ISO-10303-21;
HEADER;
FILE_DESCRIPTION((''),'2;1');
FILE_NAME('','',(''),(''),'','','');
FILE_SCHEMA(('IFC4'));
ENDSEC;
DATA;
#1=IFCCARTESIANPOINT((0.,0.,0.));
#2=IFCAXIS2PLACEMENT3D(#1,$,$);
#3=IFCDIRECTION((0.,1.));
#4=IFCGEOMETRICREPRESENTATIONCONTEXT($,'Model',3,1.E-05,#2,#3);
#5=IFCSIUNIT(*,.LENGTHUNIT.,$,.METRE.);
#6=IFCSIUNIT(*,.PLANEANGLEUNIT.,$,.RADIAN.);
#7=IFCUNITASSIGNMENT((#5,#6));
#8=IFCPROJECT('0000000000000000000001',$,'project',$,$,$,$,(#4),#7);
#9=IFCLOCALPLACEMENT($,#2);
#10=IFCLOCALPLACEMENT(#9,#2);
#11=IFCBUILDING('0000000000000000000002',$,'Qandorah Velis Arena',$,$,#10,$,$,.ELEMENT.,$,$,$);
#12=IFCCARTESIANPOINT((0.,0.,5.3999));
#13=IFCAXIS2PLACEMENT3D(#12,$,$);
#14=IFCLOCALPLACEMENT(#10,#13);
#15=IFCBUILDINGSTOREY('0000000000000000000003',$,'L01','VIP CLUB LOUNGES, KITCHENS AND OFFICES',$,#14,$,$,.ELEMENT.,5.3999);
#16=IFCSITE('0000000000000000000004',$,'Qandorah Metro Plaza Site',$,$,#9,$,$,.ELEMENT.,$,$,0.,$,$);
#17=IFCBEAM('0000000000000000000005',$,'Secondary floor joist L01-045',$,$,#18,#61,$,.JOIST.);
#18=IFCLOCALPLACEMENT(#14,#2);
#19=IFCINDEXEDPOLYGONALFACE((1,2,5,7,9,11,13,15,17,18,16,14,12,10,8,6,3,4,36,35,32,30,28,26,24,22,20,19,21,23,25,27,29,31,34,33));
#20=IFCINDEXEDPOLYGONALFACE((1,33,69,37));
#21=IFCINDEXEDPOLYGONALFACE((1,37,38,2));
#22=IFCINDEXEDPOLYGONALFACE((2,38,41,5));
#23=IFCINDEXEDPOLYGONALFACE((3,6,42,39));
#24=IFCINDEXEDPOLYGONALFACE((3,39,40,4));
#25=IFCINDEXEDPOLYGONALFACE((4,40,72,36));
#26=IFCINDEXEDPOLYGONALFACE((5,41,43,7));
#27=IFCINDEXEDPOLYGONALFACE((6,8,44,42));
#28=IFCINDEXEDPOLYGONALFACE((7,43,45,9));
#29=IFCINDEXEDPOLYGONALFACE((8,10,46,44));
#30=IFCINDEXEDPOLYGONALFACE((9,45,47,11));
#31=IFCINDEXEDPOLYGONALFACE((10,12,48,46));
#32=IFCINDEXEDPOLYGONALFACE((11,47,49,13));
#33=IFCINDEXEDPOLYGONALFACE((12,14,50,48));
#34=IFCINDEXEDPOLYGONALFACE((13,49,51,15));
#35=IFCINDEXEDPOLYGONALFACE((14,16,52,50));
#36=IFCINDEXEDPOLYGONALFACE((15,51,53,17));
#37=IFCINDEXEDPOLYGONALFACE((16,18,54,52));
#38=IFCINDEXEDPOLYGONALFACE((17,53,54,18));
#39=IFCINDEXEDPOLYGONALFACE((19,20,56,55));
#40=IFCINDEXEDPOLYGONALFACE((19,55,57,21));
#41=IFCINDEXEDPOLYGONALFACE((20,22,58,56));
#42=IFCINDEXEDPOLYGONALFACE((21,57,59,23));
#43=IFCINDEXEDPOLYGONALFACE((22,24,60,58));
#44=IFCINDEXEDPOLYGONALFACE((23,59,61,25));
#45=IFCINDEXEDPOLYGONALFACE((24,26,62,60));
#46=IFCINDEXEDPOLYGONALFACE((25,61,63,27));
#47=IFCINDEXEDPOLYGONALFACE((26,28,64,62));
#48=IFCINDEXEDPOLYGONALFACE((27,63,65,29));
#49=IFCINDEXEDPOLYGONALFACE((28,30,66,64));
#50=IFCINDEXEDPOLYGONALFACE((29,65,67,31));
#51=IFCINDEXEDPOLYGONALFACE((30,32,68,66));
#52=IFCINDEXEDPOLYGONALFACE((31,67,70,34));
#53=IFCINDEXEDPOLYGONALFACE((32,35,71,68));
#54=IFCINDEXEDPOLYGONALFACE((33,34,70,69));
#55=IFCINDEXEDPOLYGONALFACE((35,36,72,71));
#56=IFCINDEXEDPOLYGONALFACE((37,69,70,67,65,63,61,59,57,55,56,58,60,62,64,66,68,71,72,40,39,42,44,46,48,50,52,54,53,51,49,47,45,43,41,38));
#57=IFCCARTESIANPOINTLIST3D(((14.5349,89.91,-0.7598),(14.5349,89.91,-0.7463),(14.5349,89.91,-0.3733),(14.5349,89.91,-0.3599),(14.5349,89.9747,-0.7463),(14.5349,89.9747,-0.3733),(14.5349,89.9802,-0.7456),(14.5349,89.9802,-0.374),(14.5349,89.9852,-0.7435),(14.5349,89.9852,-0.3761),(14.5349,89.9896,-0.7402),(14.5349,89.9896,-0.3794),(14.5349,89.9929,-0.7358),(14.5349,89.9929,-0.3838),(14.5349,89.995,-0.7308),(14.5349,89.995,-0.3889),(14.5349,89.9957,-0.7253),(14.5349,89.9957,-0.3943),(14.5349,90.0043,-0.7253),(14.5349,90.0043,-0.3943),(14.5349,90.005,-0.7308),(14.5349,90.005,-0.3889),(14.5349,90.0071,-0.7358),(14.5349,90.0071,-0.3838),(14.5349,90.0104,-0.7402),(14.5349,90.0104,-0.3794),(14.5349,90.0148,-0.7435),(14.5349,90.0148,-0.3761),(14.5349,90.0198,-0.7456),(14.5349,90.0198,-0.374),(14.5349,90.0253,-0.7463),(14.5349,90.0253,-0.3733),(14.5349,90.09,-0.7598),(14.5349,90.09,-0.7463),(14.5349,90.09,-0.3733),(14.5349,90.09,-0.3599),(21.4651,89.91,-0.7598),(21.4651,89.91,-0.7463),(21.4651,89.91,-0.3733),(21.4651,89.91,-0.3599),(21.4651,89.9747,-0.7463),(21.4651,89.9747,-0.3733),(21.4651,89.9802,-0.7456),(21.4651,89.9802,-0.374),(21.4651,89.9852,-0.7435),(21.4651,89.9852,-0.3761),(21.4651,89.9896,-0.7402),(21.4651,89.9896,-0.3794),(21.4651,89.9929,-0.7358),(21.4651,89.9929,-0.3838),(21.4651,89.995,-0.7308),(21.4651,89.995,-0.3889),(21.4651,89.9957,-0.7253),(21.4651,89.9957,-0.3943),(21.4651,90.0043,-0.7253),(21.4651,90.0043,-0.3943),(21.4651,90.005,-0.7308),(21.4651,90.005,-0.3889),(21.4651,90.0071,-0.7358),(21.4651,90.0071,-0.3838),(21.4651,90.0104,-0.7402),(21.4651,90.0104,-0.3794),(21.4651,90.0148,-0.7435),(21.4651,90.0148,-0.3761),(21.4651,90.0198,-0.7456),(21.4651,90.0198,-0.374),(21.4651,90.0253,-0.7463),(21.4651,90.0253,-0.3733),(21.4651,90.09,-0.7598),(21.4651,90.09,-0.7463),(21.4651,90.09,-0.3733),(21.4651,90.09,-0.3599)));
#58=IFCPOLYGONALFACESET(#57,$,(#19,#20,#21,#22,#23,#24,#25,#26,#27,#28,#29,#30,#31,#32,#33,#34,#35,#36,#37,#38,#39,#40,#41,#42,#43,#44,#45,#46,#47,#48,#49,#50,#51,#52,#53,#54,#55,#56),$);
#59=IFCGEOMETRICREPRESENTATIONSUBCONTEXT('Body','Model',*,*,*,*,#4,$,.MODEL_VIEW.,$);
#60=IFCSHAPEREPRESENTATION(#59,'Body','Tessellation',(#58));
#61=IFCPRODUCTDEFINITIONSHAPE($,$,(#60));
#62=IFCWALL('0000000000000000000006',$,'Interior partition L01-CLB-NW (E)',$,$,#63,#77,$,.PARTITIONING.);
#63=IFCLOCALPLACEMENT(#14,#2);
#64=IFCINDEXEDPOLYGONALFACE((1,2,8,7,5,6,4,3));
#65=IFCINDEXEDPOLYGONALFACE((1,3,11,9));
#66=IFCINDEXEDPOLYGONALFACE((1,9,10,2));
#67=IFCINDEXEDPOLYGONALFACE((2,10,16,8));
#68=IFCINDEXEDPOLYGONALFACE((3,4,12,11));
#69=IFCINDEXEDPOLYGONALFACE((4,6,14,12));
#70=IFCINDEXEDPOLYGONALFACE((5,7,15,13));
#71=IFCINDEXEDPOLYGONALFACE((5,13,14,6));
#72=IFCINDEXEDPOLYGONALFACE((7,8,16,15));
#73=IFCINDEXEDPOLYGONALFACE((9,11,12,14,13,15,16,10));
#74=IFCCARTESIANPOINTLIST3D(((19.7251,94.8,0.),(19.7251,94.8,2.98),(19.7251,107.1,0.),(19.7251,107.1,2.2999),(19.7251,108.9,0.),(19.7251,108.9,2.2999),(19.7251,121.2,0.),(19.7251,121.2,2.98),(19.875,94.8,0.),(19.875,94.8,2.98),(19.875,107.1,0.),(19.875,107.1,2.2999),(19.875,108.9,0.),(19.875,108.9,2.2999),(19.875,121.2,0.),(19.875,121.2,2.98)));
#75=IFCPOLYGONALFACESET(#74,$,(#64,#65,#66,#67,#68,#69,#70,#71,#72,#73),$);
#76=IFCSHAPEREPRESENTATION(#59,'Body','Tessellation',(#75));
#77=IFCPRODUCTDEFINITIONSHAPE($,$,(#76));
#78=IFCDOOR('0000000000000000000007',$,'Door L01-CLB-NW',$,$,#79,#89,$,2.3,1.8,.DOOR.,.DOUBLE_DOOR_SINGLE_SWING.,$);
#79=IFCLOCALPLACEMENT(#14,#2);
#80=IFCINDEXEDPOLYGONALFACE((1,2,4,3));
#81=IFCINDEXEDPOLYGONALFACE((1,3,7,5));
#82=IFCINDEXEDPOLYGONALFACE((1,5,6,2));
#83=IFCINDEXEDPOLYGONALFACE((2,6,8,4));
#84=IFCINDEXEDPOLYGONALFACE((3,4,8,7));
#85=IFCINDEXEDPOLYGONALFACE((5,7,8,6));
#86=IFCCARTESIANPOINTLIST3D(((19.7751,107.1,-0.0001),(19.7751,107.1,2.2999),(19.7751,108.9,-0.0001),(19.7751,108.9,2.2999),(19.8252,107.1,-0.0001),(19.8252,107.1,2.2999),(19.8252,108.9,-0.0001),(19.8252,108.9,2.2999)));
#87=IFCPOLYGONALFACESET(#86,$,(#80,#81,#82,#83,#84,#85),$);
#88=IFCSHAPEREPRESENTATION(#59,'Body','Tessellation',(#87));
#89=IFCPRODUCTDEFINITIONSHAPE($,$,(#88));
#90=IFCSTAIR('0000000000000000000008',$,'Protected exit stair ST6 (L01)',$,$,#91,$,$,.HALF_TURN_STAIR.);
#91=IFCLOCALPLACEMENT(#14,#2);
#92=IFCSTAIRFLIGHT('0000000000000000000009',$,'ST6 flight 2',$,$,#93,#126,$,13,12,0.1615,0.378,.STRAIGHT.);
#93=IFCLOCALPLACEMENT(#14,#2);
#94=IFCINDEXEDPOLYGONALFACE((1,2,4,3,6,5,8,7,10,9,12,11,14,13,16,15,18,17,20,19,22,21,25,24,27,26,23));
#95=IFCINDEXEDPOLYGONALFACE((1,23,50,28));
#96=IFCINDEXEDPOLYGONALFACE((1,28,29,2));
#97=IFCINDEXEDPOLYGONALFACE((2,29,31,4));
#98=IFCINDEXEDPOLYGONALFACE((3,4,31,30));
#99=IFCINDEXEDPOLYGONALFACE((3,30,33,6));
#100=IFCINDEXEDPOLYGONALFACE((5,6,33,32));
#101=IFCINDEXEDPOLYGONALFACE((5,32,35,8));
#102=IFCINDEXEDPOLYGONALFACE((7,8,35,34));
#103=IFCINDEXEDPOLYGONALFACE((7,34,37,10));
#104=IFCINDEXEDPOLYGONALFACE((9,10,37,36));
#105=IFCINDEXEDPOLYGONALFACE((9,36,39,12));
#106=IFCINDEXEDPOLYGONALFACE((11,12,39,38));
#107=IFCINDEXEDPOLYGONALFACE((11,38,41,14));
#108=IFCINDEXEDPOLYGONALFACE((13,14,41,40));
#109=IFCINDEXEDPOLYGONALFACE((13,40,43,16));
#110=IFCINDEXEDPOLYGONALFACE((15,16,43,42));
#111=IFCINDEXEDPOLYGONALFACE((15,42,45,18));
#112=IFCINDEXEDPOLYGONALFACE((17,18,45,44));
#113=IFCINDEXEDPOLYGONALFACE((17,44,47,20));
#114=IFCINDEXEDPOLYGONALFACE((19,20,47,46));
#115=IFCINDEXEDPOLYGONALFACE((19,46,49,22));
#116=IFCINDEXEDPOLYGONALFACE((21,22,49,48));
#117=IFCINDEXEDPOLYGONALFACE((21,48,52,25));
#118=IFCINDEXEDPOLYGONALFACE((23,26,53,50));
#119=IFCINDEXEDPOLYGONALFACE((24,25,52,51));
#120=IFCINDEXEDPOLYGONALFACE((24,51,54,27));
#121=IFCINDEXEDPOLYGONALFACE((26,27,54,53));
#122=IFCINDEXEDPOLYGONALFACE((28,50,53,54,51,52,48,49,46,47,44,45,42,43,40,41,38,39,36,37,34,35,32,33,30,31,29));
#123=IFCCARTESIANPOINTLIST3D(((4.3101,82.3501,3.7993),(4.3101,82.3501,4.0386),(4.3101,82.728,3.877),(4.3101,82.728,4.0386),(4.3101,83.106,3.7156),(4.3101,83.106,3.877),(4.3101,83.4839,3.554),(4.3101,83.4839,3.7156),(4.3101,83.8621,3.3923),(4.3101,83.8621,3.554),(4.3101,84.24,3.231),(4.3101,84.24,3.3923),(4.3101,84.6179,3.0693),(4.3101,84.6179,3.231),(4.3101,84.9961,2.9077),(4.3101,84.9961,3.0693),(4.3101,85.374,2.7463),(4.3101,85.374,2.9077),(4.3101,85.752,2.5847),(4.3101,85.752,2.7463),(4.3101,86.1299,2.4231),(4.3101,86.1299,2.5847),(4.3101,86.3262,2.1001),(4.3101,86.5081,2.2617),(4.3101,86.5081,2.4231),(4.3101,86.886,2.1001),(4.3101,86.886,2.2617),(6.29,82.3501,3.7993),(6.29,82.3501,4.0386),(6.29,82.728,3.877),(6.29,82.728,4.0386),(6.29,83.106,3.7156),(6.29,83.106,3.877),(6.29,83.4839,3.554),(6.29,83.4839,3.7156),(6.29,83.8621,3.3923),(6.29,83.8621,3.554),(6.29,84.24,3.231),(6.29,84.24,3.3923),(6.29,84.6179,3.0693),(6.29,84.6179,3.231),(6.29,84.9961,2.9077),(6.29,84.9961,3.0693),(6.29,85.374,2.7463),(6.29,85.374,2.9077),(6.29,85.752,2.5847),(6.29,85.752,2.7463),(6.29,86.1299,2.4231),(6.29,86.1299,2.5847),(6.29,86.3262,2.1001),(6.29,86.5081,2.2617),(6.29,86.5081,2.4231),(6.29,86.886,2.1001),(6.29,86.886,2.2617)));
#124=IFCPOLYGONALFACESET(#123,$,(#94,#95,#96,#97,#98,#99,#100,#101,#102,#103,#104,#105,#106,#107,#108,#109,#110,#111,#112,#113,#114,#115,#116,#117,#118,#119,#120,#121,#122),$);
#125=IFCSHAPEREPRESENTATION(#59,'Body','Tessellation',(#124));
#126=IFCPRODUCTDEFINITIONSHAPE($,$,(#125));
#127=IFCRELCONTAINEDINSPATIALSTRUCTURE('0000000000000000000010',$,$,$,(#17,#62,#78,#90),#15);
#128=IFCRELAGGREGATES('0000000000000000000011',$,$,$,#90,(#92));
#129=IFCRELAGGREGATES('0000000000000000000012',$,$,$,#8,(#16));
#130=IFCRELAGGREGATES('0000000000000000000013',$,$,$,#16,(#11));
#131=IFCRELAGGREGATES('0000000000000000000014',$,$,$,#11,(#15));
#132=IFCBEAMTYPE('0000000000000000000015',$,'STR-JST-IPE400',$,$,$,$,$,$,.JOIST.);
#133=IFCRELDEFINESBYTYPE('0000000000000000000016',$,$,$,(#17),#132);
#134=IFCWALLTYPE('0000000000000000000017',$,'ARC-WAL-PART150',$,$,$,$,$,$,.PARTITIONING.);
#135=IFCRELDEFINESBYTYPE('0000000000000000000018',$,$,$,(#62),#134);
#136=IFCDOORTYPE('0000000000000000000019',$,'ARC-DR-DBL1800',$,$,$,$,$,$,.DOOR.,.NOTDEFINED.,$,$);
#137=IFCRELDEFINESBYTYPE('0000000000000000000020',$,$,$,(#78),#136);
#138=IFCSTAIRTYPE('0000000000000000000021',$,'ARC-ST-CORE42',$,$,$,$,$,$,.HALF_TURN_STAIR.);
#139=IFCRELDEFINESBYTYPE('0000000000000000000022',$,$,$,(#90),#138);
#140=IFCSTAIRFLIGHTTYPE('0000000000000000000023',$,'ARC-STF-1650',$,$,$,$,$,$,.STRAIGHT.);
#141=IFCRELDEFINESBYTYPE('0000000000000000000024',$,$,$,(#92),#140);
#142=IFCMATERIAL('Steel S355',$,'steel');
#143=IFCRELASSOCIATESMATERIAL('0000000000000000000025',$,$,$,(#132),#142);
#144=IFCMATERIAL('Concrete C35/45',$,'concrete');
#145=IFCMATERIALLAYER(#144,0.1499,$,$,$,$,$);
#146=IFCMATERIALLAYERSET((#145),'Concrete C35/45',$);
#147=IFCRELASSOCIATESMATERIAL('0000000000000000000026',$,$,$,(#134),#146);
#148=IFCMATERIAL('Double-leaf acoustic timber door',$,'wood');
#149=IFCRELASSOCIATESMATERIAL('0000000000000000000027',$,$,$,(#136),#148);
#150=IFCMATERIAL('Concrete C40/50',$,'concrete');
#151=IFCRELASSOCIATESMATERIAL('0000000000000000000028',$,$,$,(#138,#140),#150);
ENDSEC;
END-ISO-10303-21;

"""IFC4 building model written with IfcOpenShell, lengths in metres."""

from ifc_helpers import new_model, si_unit, direction, frame, frame_2d, origin, origin_2d, place, context, subcontext, project, spatial, polyline, rectangle, i_section, outline, extrude, material, layer, layer_set, material_profile, profile_set, type_object, element, fill, aggregate, save


model = new_model("IFC4")

# Units and contexts
model_context = context("Model", 3, precision=1e-05, world=origin(), true_north=direction((0.0, 1.0)))
body_context = subcontext(model_context, "Body", "Model", "MODEL_VIEW")
ifc_project = project(units=[si_unit("LENGTHUNIT", "METRE"), si_unit("PLANEANGLEUNIT", "RADIAN")], contexts=[model_context])

# Site, building, storey
site_placement = place(None, origin())
site = spatial("IfcSite", under=ifc_project, at=site_placement, Name="Qandorah Metro Plaza Site", CompositionType="ELEMENT", RefElevation=0.0)
building_placement = place(site_placement, origin())
building = spatial("IfcBuilding", under=site, at=building_placement, Name="Qandorah Velis Arena", CompositionType="ELEMENT")
storey_placement = place(building_placement, frame((0.0, 0.0, 5.3999)))
storey = spatial("IfcBuildingStorey", under=building, at=storey_placement, Name="L01", Description="VIP CLUB LOUNGES, KITCHENS AND OFFICES", CompositionType="ELEMENT", Elevation=5.3999)

# Shared definitions
ifc_material_1 = material(Name="Concrete C40/50", Category="concrete")

# Beam
ifc_material_2 = material(Name="Steel S355", Category="steel")
ifc_material_profile_1 = material_profile(ifc_material_2, i_section(OverallWidth=0.1799, OverallDepth=0.3999, WebThickness=0.0085, FlangeThickness=0.0134, FilletRadius=0.021, at=origin_2d()), Name="IPE 400")
ifc_profile_set_1 = profile_set([ifc_material_profile_1], Name="Steel S355")
beam_type_1 = type_object("IfcBeamType", Name="STR-JST-IPE400", PredefinedType="JOIST", material=ifc_profile_set_1)
for number, where, z_axis, x_axis, name in (
    (1, (14.5349, 90.0, -0.5598), (1.0, 0.0, 0.0), (0.0, 1.0, 0.0), "Secondary floor joist L01-045"),
):
    element("IfcBeam", number, at=place(storey_placement, frame(where, z_axis=z_axis, x_axis=x_axis)), inside=storey, type_object=beam_type_1, Name=name, PredefinedType="JOIST", context=body_context, shape_type="SweptSolid", body=[
        extrude(i_section(OverallWidth=0.1799, OverallDepth=0.3999, WebThickness=0.0085, FlangeThickness=0.0134, FilletRadius=0.021, at=origin_2d()), origin(), (0.0, 0.0, 1.0), 6.9302),
    ])

# Wall, opening, door
ifc_material_3 = material(Name="Concrete C35/45", Category="concrete")
ifc_layer = layer(ifc_material_3, 0.1499)
ifc_layer_set = layer_set([ifc_layer], Name="Concrete C35/45")
wall_type = type_object("IfcWallType", Name="ARC-WAL-PART150", PredefinedType="PARTITIONING", material=ifc_layer_set)
wall_placement = place(storey_placement, frame((19.8, 94.8, 0.0), z_axis=(0.0, 0.0, 1.0), x_axis=(0.0, 1.0, 0.0)))
wall = element("IfcWall", 2, at=wall_placement, inside=storey, type_object=wall_type, Name="Interior partition L01-CLB-NW (E)", PredefinedType="PARTITIONING", context=body_context, shape_type="SweptSolid", body=[
    extrude(rectangle(XDim=26.3999, YDim=0.1499, at=frame_2d((13.2, 0.0))), origin(), (0.0, 0.0, 1.0), 2.98),
])
opening_placement = place(wall_placement, frame((12.3, 0.0, 0.0)))
opening = element("IfcOpeningElement", 3, at=opening_placement, cuts=wall, PredefinedType="OPENING", context=body_context, shape_type="SweptSolid", body=[
    extrude(rectangle(XDim=1.8, YDim=2.3, at=frame_2d((0.8999, 1.1499))), frame((0.0, 0.085, 0.0), z_axis=(0.0, -1.0, 0.0), x_axis=(1.0, 0.0, 0.0)), (0.0, 0.0, 1.0), 0.1699),
])
ifc_material_4 = material(Name="Double-leaf acoustic timber door", Category="wood")
door_type = type_object("IfcDoorType", Name="ARC-DR-DBL1800", OperationType="NOTDEFINED", PredefinedType="DOOR", material=ifc_material_4)
door_placement = place(opening_placement, origin())
door = element("IfcDoor", 4, at=door_placement, inside=storey, type_object=door_type, Name="Door L01-CLB-NW", OperationType="DOUBLE_DOOR_SINGLE_SWING", OverallHeight=2.3, OverallWidth=1.8, PredefinedType="DOOR", context=body_context, shape_type="SweptSolid", body=[
    extrude(rectangle(XDim=1.8, YDim=2.3, at=frame_2d((0.8999, 1.1499))), frame((0.0, 0.0249, 0.0), z_axis=(0.0, -1.0, 0.0), x_axis=(1.0, 0.0, 0.0)), (0.0, 0.0, 1.0), 0.05),
])
fill(opening, door)

# Stair, stair flight
stair_type = type_object("IfcStairType", Name="ARC-ST-CORE42", PredefinedType="HALF_TURN_STAIR", material=ifc_material_1)
stair_placement = place(storey_placement, origin())
stair = element("IfcStair", 5, at=stair_placement, inside=storey, type_object=stair_type, Name="Protected exit stair ST6 (L01)", PredefinedType="HALF_TURN_STAIR")
stair_flight_type = type_object("IfcStairFlightType", Name="ARC-STF-1650", PredefinedType="STRAIGHT", material=ifc_material_1)
stair_flight_placement = place(storey_placement, frame((5.3, 86.886, 2.1001), z_axis=(0.0, 0.0, 1.0), x_axis=(0.0, -1.0, 0.0)))
stair_flight = element("IfcStairFlight", 6, at=stair_flight_placement, type_object=stair_flight_type, Name="ST6 flight 2", NumberOfRisers=13, NumberOfTreads=12, PredefinedType="STRAIGHT", RiserHeight=0.1615, TreadLength=0.378, context=body_context, shape_type="SweptSolid", body=[
    extrude(outline(polyline([(0.0, 0.0), (0.0, 0.1616), (0.3779, 0.1616), (0.3779, 0.323), (0.7561, 0.323), (0.7561, 0.4846), (1.134, 0.4846), (1.134, 0.6462), (1.512, 0.6462), (1.512, 0.8076), (1.8899, 0.8076), (1.8899, 0.9692), (2.2681, 0.9692), (2.2681, 1.1309), (2.646, 1.1309), (2.646, 1.2922), (3.0239, 1.2922), (3.0239, 1.4539), (3.4021, 1.4539), (3.4021, 1.6155), (3.78, 1.6155), (3.78, 1.7769), (4.158, 1.7769), (4.158, 1.9385), (4.5359, 1.9385), (4.5359, 2.1001), (4.5359, 1.6992), (0.5598, 0.0), (0.0, 0.0)])), frame((0.0, 0.99, 0.0), z_axis=(0.0, -1.0, 0.0), x_axis=(1.0, 0.0, 0.0)), (0.0, 0.0, 1.0), 1.98),
])
aggregate(stair, [stair_flight])

save(model, "model.ifc")
